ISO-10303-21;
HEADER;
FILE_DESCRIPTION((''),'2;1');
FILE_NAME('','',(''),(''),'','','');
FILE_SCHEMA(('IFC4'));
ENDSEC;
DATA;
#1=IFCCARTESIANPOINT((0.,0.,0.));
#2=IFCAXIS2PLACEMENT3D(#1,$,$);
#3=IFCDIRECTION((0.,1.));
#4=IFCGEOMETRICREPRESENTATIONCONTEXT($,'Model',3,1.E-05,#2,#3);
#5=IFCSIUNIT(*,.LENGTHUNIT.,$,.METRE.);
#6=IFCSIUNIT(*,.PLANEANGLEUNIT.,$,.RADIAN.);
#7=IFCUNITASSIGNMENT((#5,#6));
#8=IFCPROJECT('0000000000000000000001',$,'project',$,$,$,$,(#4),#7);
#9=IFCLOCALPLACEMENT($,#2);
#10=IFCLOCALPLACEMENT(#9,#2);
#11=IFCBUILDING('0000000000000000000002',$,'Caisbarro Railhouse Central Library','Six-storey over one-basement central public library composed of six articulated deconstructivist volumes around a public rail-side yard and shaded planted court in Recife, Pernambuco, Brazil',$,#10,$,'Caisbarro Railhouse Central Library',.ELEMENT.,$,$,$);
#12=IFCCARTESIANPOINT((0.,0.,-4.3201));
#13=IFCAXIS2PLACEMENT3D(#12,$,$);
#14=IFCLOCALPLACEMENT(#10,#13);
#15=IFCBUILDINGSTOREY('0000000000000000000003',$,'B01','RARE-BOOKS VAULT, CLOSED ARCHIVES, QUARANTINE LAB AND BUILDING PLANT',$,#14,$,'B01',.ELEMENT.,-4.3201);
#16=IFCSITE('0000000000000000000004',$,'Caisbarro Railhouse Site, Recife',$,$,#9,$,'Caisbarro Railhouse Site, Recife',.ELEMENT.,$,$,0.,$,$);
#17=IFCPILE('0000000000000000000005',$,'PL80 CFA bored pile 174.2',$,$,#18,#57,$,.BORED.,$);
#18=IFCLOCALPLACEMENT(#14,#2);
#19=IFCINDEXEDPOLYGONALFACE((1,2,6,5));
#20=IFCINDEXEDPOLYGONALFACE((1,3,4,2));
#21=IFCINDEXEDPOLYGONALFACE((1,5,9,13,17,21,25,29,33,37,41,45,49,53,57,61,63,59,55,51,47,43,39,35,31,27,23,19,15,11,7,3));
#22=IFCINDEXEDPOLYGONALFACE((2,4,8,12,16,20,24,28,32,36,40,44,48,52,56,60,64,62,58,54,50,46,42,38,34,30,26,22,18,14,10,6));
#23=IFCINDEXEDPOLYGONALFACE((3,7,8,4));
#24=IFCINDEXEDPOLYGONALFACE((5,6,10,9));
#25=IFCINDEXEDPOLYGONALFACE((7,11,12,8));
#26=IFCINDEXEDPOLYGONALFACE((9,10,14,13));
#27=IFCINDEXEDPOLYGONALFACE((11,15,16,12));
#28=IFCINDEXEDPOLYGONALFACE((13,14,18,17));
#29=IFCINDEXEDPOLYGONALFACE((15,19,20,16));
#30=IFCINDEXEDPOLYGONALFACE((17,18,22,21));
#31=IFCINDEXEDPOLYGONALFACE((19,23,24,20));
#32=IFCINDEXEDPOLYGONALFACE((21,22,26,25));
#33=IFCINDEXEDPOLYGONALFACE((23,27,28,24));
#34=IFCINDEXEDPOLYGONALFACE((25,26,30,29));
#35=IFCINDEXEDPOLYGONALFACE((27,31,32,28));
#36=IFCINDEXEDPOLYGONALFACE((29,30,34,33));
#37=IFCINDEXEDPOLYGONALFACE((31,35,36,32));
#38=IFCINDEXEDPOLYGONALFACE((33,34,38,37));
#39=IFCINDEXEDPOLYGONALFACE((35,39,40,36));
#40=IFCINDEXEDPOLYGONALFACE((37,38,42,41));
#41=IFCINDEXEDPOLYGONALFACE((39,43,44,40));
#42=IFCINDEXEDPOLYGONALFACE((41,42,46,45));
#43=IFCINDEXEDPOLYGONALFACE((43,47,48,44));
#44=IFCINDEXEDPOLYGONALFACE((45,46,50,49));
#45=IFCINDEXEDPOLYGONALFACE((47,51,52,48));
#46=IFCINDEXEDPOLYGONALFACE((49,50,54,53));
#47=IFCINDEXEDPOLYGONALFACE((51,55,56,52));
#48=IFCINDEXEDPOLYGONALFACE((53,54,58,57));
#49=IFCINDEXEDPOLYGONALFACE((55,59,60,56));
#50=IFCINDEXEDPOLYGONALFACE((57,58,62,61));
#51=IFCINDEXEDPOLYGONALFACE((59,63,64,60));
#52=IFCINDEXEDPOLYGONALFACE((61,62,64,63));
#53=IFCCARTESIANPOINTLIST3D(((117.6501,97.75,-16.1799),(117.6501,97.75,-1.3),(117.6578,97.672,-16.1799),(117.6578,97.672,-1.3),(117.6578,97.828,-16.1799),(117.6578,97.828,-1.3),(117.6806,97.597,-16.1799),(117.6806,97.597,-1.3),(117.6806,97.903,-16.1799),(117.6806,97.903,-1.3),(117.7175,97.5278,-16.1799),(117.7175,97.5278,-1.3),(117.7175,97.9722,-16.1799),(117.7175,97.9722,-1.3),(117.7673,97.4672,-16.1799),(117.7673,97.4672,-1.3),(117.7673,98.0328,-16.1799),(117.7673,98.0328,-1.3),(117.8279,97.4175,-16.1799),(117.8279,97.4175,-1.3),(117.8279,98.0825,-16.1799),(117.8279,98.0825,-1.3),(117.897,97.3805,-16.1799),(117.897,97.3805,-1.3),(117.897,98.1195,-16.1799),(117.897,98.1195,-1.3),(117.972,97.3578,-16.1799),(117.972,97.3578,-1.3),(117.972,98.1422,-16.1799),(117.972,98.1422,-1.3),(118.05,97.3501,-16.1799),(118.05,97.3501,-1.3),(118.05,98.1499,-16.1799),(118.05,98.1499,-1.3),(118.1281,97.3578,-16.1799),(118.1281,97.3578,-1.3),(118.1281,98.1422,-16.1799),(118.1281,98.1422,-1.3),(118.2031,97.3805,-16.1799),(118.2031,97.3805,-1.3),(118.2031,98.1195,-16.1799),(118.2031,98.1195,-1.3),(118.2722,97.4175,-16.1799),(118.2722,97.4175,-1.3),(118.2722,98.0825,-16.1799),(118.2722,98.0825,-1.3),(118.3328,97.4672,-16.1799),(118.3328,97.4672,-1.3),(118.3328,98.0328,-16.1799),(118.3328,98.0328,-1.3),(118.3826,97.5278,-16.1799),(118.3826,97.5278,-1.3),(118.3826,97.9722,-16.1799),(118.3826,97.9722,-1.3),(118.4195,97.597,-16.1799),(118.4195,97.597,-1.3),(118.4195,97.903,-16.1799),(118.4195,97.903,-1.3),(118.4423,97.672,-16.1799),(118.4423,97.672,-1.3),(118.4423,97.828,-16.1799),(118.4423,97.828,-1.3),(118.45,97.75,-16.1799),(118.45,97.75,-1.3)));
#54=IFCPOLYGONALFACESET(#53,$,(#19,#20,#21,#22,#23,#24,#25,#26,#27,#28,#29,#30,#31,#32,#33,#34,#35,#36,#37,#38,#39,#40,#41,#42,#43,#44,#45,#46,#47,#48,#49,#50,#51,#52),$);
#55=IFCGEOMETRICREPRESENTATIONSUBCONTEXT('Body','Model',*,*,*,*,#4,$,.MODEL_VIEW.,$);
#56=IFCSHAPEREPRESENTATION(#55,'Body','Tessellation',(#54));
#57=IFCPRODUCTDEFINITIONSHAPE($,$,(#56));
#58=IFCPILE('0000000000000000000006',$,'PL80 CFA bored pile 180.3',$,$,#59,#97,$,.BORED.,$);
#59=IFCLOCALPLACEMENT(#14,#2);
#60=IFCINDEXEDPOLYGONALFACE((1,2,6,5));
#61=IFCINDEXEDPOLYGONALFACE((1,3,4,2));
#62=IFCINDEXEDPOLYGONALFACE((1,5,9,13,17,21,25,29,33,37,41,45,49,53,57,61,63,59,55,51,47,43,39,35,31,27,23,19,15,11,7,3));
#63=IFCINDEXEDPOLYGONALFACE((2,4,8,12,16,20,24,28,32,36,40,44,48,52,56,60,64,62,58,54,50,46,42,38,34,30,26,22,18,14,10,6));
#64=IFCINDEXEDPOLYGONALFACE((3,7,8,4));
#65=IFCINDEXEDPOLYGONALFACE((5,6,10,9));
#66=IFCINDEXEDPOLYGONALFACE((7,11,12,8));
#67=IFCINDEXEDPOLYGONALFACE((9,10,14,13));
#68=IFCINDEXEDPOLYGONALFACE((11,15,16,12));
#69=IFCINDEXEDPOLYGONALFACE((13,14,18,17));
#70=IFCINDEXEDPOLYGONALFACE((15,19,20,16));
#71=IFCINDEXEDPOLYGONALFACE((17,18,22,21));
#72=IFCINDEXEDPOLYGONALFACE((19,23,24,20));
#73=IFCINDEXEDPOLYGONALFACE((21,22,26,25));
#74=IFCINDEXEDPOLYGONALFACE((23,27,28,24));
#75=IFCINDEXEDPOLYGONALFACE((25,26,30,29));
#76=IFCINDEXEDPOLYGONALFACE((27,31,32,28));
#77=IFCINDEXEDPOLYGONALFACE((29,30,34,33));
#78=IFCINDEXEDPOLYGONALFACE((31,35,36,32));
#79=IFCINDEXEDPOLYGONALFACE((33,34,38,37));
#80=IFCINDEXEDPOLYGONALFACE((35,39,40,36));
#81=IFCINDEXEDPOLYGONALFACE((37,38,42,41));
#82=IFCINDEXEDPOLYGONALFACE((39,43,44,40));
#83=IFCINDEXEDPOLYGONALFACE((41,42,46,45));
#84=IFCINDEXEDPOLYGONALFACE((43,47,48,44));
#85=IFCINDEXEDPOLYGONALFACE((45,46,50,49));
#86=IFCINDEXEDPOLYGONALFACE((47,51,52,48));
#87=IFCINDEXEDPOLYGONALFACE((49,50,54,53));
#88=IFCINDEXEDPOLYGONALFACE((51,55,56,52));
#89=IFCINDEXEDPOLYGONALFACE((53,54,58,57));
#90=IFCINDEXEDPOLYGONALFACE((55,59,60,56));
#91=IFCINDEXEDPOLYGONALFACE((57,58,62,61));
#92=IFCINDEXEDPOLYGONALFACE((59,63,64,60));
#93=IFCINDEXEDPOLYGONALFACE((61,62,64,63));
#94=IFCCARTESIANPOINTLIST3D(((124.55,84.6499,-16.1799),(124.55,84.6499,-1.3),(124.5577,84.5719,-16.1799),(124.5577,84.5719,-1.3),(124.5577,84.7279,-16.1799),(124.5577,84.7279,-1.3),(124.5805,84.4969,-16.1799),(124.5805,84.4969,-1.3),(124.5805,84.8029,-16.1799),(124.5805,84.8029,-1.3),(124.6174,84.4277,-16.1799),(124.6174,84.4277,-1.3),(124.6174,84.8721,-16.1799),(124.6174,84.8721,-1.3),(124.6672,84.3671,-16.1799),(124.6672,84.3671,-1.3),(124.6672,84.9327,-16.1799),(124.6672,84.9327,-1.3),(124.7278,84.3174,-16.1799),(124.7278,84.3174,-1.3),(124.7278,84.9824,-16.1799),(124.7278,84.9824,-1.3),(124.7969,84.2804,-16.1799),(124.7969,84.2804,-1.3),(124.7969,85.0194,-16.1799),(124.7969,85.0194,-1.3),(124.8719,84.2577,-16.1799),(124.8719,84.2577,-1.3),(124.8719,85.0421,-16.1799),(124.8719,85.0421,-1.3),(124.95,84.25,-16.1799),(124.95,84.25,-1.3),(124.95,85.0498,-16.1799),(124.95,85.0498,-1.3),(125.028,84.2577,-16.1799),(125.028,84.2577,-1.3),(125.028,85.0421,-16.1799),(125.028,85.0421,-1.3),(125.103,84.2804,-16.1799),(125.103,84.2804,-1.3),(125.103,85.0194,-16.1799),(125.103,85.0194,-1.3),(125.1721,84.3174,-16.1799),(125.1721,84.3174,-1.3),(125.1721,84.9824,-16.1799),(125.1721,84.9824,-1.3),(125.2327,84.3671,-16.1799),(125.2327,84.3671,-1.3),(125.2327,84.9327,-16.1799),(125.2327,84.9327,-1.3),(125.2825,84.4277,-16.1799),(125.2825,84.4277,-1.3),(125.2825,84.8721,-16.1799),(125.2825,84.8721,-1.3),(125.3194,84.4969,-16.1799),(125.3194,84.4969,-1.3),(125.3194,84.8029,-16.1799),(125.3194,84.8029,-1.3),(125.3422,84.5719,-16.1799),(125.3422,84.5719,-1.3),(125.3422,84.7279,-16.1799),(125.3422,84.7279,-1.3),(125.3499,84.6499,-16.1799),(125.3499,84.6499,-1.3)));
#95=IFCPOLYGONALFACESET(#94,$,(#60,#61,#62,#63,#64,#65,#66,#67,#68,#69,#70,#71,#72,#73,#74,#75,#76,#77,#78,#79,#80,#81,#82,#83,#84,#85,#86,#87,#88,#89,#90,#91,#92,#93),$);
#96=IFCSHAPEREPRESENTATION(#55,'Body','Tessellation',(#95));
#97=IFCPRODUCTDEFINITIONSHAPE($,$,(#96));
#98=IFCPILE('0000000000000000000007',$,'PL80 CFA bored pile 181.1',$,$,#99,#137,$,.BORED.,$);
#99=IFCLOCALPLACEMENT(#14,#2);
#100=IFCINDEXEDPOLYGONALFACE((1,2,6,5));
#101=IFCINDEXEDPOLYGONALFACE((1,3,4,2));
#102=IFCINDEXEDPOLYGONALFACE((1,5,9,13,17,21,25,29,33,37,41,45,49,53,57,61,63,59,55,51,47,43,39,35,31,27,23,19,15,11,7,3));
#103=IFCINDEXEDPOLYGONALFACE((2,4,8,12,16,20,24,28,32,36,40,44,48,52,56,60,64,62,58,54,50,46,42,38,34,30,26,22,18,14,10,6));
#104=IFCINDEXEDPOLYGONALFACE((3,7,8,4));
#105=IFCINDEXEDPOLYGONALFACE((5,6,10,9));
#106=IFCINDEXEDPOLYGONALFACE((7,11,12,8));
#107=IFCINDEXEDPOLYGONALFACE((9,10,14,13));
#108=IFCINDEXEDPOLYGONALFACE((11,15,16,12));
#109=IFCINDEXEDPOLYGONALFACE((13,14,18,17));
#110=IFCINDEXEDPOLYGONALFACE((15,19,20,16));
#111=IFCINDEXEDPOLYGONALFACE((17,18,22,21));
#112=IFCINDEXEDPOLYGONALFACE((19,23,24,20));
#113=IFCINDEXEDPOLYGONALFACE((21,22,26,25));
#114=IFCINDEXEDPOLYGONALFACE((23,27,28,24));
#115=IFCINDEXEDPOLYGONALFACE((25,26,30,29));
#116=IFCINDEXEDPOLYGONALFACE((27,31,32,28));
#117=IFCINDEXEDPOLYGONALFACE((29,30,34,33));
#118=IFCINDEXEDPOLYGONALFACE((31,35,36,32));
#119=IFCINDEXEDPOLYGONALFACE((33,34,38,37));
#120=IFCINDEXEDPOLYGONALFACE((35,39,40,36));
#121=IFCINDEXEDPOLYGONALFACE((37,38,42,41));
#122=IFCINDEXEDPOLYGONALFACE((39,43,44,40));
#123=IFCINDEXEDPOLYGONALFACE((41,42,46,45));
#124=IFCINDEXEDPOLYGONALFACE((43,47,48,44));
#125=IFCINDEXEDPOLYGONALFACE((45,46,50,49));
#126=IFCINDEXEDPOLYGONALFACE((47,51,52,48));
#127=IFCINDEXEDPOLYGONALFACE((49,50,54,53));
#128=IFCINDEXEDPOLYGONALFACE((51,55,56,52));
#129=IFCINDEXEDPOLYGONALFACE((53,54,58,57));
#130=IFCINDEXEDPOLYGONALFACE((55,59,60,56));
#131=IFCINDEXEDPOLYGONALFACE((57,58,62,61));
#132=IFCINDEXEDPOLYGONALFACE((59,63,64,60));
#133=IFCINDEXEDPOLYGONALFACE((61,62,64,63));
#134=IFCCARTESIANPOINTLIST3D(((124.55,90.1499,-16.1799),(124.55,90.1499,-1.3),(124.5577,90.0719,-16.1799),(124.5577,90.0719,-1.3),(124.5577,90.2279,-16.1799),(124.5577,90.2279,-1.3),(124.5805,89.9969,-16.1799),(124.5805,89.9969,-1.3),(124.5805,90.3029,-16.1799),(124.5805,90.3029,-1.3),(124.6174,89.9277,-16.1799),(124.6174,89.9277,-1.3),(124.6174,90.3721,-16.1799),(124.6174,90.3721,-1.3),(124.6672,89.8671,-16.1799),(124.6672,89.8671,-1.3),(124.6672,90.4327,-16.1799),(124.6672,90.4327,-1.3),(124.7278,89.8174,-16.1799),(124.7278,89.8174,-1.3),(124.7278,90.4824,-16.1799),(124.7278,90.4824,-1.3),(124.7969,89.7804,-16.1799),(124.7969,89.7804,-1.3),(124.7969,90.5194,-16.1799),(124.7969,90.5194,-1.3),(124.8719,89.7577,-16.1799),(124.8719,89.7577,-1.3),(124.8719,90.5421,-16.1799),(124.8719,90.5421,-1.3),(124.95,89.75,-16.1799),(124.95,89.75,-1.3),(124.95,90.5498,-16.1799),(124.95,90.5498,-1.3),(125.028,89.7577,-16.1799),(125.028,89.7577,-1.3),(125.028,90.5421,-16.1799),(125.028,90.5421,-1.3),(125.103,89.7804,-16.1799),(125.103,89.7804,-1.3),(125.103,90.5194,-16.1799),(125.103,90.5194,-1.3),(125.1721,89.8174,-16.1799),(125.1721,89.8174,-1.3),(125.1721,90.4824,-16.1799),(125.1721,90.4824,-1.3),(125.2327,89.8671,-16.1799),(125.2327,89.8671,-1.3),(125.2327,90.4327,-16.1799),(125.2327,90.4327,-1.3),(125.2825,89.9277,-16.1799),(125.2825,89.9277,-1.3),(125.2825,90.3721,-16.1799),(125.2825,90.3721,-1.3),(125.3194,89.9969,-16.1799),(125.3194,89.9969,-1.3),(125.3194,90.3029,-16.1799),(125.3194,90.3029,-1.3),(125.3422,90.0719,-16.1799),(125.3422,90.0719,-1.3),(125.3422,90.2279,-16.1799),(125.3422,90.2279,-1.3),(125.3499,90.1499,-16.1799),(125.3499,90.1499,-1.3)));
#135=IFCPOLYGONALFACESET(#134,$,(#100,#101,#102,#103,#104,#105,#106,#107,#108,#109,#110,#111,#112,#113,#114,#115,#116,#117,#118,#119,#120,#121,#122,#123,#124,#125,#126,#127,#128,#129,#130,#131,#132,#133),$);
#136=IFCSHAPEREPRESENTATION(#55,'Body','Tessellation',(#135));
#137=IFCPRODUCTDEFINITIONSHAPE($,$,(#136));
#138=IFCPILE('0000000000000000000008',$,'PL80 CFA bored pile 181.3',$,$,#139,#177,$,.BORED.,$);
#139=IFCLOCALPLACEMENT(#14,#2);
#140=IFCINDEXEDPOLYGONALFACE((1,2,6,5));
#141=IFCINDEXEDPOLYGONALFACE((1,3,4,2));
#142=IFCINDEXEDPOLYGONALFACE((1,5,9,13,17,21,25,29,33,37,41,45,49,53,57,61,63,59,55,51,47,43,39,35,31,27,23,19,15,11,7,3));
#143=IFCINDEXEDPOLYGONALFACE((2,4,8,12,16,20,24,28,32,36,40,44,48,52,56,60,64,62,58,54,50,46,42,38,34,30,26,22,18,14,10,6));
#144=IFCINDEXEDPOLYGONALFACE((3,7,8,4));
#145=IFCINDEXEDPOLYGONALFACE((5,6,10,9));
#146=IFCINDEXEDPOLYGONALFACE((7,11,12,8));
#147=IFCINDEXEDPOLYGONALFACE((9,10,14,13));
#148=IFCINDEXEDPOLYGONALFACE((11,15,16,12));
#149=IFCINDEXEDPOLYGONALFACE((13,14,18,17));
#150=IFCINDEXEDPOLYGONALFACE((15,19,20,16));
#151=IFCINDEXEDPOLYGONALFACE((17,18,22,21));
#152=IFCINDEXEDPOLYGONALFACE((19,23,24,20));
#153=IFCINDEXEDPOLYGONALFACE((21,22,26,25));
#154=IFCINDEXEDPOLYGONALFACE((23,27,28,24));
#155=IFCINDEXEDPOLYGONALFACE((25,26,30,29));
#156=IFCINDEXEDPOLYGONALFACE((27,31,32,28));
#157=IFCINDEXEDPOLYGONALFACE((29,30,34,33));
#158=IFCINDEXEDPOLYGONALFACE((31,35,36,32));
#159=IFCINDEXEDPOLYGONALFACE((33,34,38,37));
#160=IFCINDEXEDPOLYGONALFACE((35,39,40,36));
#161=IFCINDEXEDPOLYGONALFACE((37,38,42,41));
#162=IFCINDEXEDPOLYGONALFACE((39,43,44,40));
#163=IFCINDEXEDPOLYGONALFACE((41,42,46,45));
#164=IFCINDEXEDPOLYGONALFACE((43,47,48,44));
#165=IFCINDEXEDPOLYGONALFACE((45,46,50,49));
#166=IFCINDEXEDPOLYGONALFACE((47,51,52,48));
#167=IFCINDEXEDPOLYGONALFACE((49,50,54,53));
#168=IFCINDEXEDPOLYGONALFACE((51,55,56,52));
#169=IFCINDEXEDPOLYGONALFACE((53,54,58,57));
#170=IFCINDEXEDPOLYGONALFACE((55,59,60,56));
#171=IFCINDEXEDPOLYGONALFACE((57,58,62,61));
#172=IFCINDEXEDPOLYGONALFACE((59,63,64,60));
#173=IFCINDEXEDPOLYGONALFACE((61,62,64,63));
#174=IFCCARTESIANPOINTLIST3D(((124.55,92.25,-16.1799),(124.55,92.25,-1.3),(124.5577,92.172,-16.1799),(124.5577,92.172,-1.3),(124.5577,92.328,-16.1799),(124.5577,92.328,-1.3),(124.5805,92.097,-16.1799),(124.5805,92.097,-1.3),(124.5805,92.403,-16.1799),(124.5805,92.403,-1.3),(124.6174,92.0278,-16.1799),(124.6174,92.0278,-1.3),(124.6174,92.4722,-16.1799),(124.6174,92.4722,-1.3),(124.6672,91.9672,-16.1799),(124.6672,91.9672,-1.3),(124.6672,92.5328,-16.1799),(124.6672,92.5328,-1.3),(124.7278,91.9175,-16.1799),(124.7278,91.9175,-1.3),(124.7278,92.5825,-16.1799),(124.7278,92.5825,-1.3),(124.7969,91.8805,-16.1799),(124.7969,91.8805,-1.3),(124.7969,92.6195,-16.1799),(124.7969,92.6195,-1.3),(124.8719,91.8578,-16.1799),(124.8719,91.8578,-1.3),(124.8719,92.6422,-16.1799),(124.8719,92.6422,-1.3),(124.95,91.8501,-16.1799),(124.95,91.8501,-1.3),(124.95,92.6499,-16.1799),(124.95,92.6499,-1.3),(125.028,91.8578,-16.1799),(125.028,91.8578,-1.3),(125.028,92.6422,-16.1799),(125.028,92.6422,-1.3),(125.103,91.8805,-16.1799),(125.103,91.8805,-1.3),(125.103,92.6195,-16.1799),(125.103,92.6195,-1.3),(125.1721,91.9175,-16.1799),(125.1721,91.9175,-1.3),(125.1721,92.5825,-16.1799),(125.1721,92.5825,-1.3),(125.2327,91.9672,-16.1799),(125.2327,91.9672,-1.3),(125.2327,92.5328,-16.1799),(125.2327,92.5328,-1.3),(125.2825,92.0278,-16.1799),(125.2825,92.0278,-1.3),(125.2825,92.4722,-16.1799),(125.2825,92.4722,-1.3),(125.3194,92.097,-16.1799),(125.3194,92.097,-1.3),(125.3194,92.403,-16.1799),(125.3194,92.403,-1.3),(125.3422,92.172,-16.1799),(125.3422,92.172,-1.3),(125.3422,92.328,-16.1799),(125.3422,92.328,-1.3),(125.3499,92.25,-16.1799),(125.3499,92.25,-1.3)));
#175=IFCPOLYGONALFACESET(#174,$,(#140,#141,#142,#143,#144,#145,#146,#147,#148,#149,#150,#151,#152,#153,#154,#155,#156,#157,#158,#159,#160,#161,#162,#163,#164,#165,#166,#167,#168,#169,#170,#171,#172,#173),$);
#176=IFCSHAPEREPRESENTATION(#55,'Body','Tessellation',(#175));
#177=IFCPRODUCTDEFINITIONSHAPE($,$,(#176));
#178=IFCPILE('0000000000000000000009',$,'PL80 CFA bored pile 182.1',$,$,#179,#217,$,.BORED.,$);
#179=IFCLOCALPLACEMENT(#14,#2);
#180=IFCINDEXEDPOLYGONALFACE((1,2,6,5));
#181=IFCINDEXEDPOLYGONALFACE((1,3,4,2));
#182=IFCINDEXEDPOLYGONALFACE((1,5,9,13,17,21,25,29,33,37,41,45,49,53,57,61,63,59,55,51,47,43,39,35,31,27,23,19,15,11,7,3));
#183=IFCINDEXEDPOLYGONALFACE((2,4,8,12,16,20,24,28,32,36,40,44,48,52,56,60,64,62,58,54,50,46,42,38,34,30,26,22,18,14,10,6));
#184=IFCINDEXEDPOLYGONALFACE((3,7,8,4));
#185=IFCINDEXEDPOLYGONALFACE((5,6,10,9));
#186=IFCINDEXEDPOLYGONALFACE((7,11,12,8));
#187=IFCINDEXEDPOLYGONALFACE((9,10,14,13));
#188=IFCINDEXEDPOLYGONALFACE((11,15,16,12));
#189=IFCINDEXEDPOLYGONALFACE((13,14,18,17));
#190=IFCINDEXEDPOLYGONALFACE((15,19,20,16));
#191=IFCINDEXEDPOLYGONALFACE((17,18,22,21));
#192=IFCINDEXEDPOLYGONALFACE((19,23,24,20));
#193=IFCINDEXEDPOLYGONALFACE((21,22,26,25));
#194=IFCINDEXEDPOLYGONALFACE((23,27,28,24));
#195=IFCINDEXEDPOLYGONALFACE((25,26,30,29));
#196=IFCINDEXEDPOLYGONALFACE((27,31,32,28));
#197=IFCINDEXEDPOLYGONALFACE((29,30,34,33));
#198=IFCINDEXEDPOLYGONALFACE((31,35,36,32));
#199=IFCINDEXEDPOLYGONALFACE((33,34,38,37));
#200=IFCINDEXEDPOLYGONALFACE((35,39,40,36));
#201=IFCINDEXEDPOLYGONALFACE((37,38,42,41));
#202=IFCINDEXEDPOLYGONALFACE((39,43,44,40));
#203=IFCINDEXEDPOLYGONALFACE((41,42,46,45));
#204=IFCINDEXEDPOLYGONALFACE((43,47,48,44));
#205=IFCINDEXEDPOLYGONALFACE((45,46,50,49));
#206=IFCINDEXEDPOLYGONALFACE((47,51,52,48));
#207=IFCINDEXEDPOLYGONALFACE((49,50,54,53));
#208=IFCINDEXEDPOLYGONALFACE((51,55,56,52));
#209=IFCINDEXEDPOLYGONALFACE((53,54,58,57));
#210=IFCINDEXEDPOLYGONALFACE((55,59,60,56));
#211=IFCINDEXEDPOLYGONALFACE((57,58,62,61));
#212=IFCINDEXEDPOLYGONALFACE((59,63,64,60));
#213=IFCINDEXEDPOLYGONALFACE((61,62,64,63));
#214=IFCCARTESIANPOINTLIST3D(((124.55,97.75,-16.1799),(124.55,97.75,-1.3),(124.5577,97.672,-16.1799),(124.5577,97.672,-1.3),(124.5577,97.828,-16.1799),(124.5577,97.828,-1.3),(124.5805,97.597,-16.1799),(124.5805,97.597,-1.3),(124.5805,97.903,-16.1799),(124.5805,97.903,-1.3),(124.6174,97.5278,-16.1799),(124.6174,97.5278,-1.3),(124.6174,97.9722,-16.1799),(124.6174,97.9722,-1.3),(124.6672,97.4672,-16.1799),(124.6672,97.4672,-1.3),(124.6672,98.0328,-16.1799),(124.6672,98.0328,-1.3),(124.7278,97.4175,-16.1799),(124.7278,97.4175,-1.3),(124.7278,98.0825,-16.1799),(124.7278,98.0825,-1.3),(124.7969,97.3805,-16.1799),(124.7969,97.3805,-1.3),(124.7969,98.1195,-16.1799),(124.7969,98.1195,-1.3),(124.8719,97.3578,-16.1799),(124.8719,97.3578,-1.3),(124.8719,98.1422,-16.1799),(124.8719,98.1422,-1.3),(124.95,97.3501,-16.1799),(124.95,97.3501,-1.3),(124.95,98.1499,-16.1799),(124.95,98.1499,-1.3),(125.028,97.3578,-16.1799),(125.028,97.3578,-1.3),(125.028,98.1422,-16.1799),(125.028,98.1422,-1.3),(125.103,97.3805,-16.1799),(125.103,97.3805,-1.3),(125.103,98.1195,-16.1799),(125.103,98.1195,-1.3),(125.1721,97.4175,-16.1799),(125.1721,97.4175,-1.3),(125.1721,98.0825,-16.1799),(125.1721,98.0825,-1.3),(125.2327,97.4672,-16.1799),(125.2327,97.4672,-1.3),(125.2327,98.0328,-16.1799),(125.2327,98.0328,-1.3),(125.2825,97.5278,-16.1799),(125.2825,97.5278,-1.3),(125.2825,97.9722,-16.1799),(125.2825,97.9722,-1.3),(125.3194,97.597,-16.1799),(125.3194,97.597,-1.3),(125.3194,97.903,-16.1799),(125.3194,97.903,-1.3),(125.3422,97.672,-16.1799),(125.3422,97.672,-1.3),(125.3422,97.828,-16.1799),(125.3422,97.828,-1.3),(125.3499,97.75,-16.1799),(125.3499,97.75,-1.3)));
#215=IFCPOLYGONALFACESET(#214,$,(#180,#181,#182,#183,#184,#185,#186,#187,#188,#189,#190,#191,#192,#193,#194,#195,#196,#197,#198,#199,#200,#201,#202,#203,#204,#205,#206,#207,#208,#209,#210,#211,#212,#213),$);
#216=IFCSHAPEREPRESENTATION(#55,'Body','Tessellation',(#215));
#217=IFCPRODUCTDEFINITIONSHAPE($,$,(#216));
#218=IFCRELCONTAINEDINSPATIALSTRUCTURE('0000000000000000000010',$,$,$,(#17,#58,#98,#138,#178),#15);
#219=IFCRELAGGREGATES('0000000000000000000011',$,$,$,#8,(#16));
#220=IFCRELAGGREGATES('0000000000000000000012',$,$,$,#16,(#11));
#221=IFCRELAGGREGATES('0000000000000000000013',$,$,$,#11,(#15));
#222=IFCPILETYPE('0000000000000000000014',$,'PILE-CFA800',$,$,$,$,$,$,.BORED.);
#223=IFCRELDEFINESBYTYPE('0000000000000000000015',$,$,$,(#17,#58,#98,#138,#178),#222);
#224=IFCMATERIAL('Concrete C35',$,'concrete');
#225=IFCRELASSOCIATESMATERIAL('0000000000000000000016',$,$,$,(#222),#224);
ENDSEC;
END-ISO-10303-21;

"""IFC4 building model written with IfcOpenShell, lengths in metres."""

from ifc_helpers import new_model, si_unit, direction, frame, origin, origin_2d, place, context, subcontext, project, spatial, circle, extrude, material, material_profile, profile_set, type_object, element, save


model = new_model("IFC4")

# Units and contexts
model_context = context("Model", 3, precision=1e-05, world=origin(), true_north=direction((0.0, 1.0)))
body_context = subcontext(model_context, "Body", "Model", "MODEL_VIEW")
ifc_project = project(units=[si_unit("LENGTHUNIT", "METRE"), si_unit("PLANEANGLEUNIT", "RADIAN")], contexts=[model_context])

# Site, building, storey
site_placement = place(None, origin())
site = spatial("IfcSite", under=ifc_project, at=site_placement, Name="Caisbarro Railhouse Site, Recife", LongName="Caisbarro Railhouse Site, Recife", CompositionType="ELEMENT", RefElevation=0.0)
building_placement = place(site_placement, origin())
building = spatial("IfcBuilding", under=site, at=building_placement, Name="Caisbarro Railhouse Central Library", Description="Six-storey over one-basement central public library composed of six articulated deconstructivist volumes around a public rail-side yard and shaded planted court in Recife, Pernambuco, Brazil", LongName="Caisbarro Railhouse Central Library", CompositionType="ELEMENT")
storey_placement = place(building_placement, frame((0.0, 0.0, -4.3201)))
storey = spatial("IfcBuildingStorey", under=building, at=storey_placement, Name="B01", Description="RARE-BOOKS VAULT, CLOSED ARCHIVES, QUARANTINE LAB AND BUILDING PLANT", LongName="B01", CompositionType="ELEMENT", Elevation=-4.3201)

# Shared definitions
ifc_material_1 = material(Name="Concrete C35", Category="concrete")

# Piles
ifc_material_profile_1 = material_profile(ifc_material_1, circle(Radius=0.3999, at=origin_2d()), Name="PILE-CFA-800")
ifc_profile_set_1 = profile_set([ifc_material_profile_1], Name="Concrete C35")
pile_type_1 = type_object("IfcPileType", Name="PILE-CFA800", PredefinedType="BORED", material=ifc_profile_set_1)
for number, where, z_axis, x_axis, name in (
    (1, (118.05, 97.75, -1.3), (0.0, 0.0, -1.0), (1.0, 0.0, 0.0), "PL80 CFA bored pile 174.2"),
    (2, (124.95, 84.6499, -1.3), (0.0, 0.0, -1.0), (1.0, 0.0, 0.0), "PL80 CFA bored pile 180.3"),
    (3, (124.95, 90.1499, -1.3), (0.0, 0.0, -1.0), (1.0, 0.0, 0.0), "PL80 CFA bored pile 181.1"),
    (4, (124.95, 92.25, -1.3), (0.0, 0.0, -1.0), (1.0, 0.0, 0.0), "PL80 CFA bored pile 181.3"),
    (5, (124.95, 97.75, -1.3), (0.0, 0.0, -1.0), (1.0, 0.0, 0.0), "PL80 CFA bored pile 182.1"),
):
    element("IfcPile", number, at=place(storey_placement, frame(where, z_axis=z_axis, x_axis=x_axis)), inside=storey, type_object=pile_type_1, Name=name, PredefinedType="BORED", context=body_context, shape_type="SweptSolid", body=[
        extrude(circle(Radius=0.3999, at=origin_2d()), origin(), (0.0, 0.0, 1.0), 14.8799),
    ])

save(model, "model.ifc")
